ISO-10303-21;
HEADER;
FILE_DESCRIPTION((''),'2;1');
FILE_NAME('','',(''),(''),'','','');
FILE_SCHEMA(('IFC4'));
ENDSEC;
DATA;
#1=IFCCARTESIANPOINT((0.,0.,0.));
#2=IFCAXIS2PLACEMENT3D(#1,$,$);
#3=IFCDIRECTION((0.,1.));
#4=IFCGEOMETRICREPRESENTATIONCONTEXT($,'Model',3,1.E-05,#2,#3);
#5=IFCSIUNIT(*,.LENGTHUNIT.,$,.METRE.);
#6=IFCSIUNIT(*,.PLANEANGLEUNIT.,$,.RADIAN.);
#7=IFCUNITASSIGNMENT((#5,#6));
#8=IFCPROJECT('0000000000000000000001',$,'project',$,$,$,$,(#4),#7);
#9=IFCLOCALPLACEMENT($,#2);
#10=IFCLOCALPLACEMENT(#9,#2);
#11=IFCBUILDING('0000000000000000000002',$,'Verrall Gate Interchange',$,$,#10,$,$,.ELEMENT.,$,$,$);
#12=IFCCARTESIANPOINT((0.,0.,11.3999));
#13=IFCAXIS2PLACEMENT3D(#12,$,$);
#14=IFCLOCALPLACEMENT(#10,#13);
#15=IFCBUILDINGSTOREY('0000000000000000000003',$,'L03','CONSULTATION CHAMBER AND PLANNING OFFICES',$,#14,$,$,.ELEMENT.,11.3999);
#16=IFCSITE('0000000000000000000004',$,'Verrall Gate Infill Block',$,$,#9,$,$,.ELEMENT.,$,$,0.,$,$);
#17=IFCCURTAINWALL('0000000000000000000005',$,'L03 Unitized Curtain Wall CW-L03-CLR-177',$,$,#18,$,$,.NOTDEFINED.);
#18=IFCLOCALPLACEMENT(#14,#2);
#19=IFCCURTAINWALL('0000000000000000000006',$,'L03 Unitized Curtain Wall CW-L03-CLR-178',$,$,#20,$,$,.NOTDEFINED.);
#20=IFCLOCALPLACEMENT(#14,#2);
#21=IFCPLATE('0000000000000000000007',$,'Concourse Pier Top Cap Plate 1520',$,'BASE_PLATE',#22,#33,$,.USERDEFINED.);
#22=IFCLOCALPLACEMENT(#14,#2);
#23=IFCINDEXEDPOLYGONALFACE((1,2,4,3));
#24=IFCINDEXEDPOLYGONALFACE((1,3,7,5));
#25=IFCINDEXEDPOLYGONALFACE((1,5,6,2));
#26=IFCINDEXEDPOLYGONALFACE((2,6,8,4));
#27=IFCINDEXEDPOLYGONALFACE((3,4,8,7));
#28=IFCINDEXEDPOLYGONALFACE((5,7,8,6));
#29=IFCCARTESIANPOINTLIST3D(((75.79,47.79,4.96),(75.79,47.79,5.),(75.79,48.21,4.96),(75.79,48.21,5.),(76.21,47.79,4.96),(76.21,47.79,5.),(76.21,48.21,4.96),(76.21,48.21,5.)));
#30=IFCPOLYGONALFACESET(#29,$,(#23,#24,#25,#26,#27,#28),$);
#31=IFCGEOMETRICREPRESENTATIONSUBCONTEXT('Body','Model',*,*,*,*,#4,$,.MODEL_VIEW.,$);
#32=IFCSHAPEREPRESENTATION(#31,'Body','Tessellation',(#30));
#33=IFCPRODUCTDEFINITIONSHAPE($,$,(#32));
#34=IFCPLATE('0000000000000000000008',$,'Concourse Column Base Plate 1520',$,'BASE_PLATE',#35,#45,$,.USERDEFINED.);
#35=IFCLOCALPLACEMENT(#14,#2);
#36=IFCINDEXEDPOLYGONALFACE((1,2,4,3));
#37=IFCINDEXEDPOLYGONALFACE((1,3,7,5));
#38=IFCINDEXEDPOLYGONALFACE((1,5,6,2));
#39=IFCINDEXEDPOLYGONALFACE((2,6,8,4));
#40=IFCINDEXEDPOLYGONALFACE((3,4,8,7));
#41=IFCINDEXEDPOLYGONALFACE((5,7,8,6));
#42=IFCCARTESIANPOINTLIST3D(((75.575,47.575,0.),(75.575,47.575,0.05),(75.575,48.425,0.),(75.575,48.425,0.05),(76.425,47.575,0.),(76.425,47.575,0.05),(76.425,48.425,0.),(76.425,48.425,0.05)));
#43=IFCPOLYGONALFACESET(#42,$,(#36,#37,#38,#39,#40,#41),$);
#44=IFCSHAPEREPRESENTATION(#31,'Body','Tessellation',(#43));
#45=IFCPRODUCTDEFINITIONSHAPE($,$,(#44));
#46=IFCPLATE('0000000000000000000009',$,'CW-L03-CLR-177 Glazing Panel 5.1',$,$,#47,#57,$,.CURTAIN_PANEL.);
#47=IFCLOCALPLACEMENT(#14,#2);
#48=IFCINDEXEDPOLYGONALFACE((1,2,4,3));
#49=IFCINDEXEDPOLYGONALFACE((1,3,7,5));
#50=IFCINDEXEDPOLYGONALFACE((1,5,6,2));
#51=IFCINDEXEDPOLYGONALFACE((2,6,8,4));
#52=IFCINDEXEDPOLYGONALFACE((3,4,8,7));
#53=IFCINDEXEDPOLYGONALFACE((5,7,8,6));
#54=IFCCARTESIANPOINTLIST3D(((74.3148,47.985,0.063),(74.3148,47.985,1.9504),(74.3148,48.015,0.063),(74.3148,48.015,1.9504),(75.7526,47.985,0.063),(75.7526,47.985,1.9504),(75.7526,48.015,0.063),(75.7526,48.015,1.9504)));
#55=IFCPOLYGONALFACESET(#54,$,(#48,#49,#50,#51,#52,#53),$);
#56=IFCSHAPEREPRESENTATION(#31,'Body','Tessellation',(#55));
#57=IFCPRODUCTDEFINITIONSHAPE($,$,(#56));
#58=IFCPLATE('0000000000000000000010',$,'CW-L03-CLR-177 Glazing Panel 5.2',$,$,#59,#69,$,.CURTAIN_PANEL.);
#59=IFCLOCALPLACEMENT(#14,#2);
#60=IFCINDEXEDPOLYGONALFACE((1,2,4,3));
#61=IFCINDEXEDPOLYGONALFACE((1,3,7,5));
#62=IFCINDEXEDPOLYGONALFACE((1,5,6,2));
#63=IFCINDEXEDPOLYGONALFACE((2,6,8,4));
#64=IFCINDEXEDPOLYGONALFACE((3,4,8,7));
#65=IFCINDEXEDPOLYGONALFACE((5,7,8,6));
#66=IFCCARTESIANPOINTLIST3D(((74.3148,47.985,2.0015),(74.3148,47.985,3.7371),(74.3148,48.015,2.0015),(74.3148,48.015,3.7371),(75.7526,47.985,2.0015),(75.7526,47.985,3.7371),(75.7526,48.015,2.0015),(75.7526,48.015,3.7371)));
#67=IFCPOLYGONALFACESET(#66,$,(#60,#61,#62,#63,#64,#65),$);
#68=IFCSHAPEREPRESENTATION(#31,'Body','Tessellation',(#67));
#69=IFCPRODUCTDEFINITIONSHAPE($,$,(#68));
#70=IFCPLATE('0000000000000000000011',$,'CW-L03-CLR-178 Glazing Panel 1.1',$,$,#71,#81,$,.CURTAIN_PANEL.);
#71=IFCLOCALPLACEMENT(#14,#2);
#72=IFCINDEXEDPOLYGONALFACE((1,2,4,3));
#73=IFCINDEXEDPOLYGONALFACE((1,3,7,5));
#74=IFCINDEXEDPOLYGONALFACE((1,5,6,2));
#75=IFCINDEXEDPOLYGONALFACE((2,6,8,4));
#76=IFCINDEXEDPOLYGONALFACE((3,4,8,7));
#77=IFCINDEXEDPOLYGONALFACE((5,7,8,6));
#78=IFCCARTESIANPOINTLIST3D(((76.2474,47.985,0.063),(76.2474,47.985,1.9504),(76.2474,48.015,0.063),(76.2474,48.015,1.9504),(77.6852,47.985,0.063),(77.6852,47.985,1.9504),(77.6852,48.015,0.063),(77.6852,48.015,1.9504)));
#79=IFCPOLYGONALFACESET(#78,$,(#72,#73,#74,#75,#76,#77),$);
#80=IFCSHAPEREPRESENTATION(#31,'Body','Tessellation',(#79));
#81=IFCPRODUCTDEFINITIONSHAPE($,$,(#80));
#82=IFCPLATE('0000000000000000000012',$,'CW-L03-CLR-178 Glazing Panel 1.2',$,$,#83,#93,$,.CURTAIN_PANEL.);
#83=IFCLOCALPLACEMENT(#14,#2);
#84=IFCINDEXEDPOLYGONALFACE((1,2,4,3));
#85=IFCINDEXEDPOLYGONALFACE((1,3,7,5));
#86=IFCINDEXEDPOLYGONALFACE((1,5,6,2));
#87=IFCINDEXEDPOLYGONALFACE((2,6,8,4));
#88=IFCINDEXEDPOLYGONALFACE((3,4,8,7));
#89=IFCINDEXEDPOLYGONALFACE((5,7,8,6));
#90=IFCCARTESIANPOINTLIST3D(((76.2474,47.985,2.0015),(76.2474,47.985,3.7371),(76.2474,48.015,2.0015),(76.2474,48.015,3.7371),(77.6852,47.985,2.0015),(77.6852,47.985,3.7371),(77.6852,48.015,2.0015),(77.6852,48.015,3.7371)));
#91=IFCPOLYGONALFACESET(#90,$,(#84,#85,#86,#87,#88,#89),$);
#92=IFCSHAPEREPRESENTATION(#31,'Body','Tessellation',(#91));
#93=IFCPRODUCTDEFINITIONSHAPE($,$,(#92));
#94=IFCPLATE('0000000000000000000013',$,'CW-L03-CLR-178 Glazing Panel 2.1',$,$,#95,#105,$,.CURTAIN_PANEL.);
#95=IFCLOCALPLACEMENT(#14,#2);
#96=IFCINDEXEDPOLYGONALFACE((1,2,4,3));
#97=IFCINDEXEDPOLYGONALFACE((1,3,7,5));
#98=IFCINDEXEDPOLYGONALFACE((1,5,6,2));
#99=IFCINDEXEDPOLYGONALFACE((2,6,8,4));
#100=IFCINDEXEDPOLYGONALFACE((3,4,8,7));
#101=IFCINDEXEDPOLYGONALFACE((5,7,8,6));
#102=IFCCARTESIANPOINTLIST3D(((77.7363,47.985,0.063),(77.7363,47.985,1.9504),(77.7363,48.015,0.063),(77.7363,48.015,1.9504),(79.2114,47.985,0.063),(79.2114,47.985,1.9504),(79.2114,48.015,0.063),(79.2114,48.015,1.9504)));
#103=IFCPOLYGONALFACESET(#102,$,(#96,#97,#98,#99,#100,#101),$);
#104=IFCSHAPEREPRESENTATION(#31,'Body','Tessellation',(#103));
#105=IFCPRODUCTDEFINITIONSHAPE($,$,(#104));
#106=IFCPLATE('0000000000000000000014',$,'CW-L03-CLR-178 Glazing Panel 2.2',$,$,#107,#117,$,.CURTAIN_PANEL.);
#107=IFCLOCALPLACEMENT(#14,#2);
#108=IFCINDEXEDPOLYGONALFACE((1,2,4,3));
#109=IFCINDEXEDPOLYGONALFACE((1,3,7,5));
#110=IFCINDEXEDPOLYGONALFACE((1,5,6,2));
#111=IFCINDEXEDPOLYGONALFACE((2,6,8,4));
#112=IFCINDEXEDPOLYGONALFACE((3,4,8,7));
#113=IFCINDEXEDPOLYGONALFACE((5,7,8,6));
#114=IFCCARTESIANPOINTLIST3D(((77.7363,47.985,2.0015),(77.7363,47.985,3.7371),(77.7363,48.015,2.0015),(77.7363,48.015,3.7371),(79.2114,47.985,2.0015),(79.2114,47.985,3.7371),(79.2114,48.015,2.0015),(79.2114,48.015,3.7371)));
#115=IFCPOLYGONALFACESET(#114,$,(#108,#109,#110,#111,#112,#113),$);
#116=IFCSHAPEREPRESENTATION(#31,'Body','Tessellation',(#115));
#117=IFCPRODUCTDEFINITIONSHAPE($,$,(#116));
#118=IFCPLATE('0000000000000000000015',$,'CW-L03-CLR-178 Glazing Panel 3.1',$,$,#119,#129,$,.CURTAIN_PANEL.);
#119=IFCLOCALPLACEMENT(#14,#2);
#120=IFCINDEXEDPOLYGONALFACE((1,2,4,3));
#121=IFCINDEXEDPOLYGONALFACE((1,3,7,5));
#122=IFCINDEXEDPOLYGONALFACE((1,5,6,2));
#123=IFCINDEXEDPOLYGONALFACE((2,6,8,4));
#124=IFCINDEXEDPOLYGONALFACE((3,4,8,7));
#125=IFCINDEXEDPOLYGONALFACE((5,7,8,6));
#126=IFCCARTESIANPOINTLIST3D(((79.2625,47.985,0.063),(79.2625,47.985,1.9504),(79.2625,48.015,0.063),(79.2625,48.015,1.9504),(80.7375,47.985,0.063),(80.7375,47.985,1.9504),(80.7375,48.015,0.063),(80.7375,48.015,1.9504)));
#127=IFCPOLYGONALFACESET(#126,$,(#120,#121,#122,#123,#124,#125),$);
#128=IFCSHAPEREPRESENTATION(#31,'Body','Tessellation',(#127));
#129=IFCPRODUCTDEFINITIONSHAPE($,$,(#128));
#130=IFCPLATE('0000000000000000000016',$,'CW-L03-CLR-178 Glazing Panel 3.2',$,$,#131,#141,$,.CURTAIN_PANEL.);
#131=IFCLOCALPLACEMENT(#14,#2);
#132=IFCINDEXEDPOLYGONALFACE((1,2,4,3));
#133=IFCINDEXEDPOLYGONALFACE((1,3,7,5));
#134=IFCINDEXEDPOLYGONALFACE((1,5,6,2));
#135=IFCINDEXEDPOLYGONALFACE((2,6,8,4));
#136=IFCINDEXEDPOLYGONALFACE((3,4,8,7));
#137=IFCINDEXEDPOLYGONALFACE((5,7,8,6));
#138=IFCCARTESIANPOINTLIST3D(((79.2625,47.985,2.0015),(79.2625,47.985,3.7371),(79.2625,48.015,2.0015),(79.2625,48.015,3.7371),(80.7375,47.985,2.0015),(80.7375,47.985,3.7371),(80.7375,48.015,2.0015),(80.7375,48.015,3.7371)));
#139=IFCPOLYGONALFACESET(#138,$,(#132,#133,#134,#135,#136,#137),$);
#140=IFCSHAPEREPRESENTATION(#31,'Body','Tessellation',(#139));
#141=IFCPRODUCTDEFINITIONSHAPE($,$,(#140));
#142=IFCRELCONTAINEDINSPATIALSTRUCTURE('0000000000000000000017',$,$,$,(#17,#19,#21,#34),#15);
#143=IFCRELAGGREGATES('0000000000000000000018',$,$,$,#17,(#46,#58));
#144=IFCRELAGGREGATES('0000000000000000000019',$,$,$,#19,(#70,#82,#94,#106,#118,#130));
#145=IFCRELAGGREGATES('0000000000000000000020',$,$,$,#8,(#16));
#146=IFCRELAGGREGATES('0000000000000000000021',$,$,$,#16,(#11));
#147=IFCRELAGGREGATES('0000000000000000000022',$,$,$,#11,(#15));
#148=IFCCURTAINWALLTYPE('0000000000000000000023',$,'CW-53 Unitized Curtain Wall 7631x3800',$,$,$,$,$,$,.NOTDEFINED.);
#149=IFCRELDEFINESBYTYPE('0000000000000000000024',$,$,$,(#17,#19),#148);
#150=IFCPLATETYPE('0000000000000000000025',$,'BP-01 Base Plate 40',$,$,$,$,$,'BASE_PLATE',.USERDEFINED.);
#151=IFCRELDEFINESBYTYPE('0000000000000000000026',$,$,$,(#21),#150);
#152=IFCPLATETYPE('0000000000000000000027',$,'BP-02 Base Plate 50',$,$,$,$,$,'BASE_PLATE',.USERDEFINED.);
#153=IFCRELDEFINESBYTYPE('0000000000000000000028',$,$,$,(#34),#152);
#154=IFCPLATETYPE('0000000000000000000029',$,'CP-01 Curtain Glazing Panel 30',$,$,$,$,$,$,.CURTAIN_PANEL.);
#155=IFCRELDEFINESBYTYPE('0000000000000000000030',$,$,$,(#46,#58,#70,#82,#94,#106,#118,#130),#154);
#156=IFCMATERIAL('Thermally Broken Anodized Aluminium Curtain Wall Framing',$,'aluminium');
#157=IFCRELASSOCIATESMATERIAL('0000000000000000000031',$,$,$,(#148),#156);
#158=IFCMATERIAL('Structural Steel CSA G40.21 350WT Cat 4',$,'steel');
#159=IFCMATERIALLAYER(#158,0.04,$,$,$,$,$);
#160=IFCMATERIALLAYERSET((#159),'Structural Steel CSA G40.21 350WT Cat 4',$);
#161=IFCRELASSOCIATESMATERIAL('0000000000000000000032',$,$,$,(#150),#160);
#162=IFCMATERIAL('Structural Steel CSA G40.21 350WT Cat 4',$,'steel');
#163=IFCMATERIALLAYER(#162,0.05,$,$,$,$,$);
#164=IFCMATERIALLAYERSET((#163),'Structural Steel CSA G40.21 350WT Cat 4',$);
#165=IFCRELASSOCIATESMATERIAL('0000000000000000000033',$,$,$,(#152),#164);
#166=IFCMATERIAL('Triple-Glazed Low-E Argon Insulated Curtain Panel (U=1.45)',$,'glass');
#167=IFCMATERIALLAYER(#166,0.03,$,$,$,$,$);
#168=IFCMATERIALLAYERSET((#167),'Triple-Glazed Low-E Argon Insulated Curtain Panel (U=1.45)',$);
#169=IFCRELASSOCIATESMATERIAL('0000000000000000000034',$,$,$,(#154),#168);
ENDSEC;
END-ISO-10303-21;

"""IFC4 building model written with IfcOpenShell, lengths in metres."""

from ifc_helpers import new_model, si_unit, direction, frame, origin, origin_2d, place, context, subcontext, project, spatial, rectangle, extrude, material, layer, layer_set, type_object, element, aggregate, save


model = new_model("IFC4")

# Units and contexts
model_context = context("Model", 3, precision=1e-05, world=origin(), true_north=direction((0.0, 1.0)))
body_context = subcontext(model_context, "Body", "Model", "MODEL_VIEW")
ifc_project = project(units=[si_unit("LENGTHUNIT", "METRE"), si_unit("PLANEANGLEUNIT", "RADIAN")], contexts=[model_context])

# Site, building, storey
site_placement = place(None, origin())
site = spatial("IfcSite", under=ifc_project, at=site_placement, Name="Verrall Gate Infill Block", CompositionType="ELEMENT", RefElevation=0.0)
building_placement = place(site_placement, origin())
building = spatial("IfcBuilding", under=site, at=building_placement, Name="Verrall Gate Interchange", CompositionType="ELEMENT")
storey_placement = place(building_placement, frame((0.0, 0.0, 11.3999)))
storey = spatial("IfcBuildingStorey", under=building, at=storey_placement, Name="L03", Description="CONSULTATION CHAMBER AND PLANNING OFFICES", CompositionType="ELEMENT", Elevation=11.3999)

# Curtain wall
ifc_material_1 = material(Name="Thermally Broken Anodized Aluminium Curtain Wall Framing", Category="aluminium")
curtain_wall_type = type_object("IfcCurtainWallType", Name="CW-53 Unitized Curtain Wall 7631x3800", PredefinedType="NOTDEFINED", material=ifc_material_1)
curtain_wall_1_placement = place(storey_placement, origin())
curtain_wall_1 = element("IfcCurtainWall", 1, at=curtain_wall_1_placement, inside=storey, type_object=curtain_wall_type, Name="L03 Unitized Curtain Wall CW-L03-CLR-177", PredefinedType="NOTDEFINED")

# Curtain wall
curtain_wall_2_placement = place(storey_placement, origin())
curtain_wall_2 = element("IfcCurtainWall", 2, at=curtain_wall_2_placement, inside=storey, type_object=curtain_wall_type, Name="L03 Unitized Curtain Wall CW-L03-CLR-178", PredefinedType="NOTDEFINED")

# Plates
ifc_material_2 = material(Name="Structural Steel CSA G40.21 350WT Cat 4", Category="steel")
ifc_layer_1 = layer(ifc_material_2, 0.04)
ifc_layer_set_1 = layer_set([ifc_layer_1], Name="Structural Steel CSA G40.21 350WT Cat 4")
plate_type_1 = type_object("IfcPlateType", Name="BP-01 Base Plate 40", ElementType="BASE_PLATE", PredefinedType="USERDEFINED", material=ifc_layer_set_1)
plate_1_placement = place(storey_placement, frame((76.0, 48.0, 4.96), z_axis=(0.0, 0.0, 1.0), x_axis=(1.0, 0.0, 0.0)))
element("IfcPlate", 3, at=plate_1_placement, inside=storey, type_object=plate_type_1, Name="Concourse Pier Top Cap Plate 1520", ObjectType="BASE_PLATE", PredefinedType="USERDEFINED", context=body_context, shape_type="SweptSolid", body=[
    extrude(rectangle(XDim=0.4199, YDim=0.4199, at=origin_2d()), origin(), (0.0, 0.0, 1.0), 0.04),
])
ifc_material_3 = material(Name="Structural Steel CSA G40.21 350WT Cat 4", Category="steel")
ifc_layer_2 = layer(ifc_material_3, 0.05)
ifc_layer_set_2 = layer_set([ifc_layer_2], Name="Structural Steel CSA G40.21 350WT Cat 4")
plate_type_2 = type_object("IfcPlateType", Name="BP-02 Base Plate 50", ElementType="BASE_PLATE", PredefinedType="USERDEFINED", material=ifc_layer_set_2)
plate_2_placement = place(storey_placement, frame((76.0, 48.0, 0.0), z_axis=(0.0, 0.0, 1.0), x_axis=(1.0, 0.0, 0.0)))
element("IfcPlate", 4, at=plate_2_placement, inside=storey, type_object=plate_type_2, Name="Concourse Column Base Plate 1520", ObjectType="BASE_PLATE", PredefinedType="USERDEFINED", context=body_context, shape_type="SweptSolid", body=[
    extrude(rectangle(XDim=0.8501, YDim=0.8501, at=origin_2d()), origin(), (0.0, 0.0, 1.0), 0.05),
])

# Plates
ifc_material_4 = material(Name="Triple-Glazed Low-E Argon Insulated Curtain Panel (U=1.45)", Category="glass")
ifc_layer_3 = layer(ifc_material_4, 0.03)
ifc_layer_set_3 = layer_set([ifc_layer_3], Name="Triple-Glazed Low-E Argon Insulated Curtain Panel (U=1.45)")
plate_type_3 = type_object("IfcPlateType", Name="CP-01 Curtain Glazing Panel 30", PredefinedType="CURTAIN_PANEL", material=ifc_layer_set_3)
plate_3_placement = place(storey_placement, frame((75.0337, 48.0, 0.063), z_axis=(0.0, 0.0, 1.0), x_axis=(1.0, 0.0, 0.0)))
plate_3 = element("IfcPlate", 5, at=plate_3_placement, type_object=plate_type_3, Name="CW-L03-CLR-177 Glazing Panel 5.1", PredefinedType="CURTAIN_PANEL", context=body_context, shape_type="SweptSolid", body=[
    extrude(rectangle(XDim=1.4377, YDim=0.03, at=origin_2d()), origin(), (0.0, 0.0, 1.0), 1.8875),
])
plate_4_placement = place(storey_placement, frame((75.0337, 48.0, 2.0015), z_axis=(0.0, 0.0, 1.0), x_axis=(1.0, 0.0, 0.0)))
plate_4 = element("IfcPlate", 6, at=plate_4_placement, type_object=plate_type_3, Name="CW-L03-CLR-177 Glazing Panel 5.2", PredefinedType="CURTAIN_PANEL", context=body_context, shape_type="SweptSolid", body=[
    extrude(rectangle(XDim=1.4377, YDim=0.03, at=origin_2d()), origin(), (0.0, 0.0, 1.0), 1.7356),
])
aggregate(curtain_wall_1, [plate_3, plate_4])
plate_5_placement = place(storey_placement, frame((76.9663, 48.0, 0.063), z_axis=(0.0, 0.0, 1.0), x_axis=(1.0, 0.0, 0.0)))
plate_5 = element("IfcPlate", 7, at=plate_5_placement, type_object=plate_type_3, Name="CW-L03-CLR-178 Glazing Panel 1.1", PredefinedType="CURTAIN_PANEL", context=body_context, shape_type="SweptSolid", body=[
    extrude(rectangle(XDim=1.4377, YDim=0.03, at=origin_2d()), origin(), (0.0, 0.0, 1.0), 1.8875),
])
plate_6_placement = place(storey_placement, frame((76.9663, 48.0, 2.0015), z_axis=(0.0, 0.0, 1.0), x_axis=(1.0, 0.0, 0.0)))
plate_6 = element("IfcPlate", 8, at=plate_6_placement, type_object=plate_type_3, Name="CW-L03-CLR-178 Glazing Panel 1.2", PredefinedType="CURTAIN_PANEL", context=body_context, shape_type="SweptSolid", body=[
    extrude(rectangle(XDim=1.4377, YDim=0.03, at=origin_2d()), origin(), (0.0, 0.0, 1.0), 1.7356),
])
plate_7_placement = place(storey_placement, frame((78.4739, 48.0, 0.063), z_axis=(0.0, 0.0, 1.0), x_axis=(1.0, 0.0, 0.0)))
plate_7 = element("IfcPlate", 9, at=plate_7_placement, type_object=plate_type_3, Name="CW-L03-CLR-178 Glazing Panel 2.1", PredefinedType="CURTAIN_PANEL", context=body_context, shape_type="SweptSolid", body=[
    extrude(rectangle(XDim=1.4751, YDim=0.03, at=origin_2d()), origin(), (0.0, 0.0, 1.0), 1.8875),
])
plate_8_placement = place(storey_placement, frame((78.4739, 48.0, 2.0015), z_axis=(0.0, 0.0, 1.0), x_axis=(1.0, 0.0, 0.0)))
plate_8 = element("IfcPlate", 10, at=plate_8_placement, type_object=plate_type_3, Name="CW-L03-CLR-178 Glazing Panel 2.2", PredefinedType="CURTAIN_PANEL", context=body_context, shape_type="SweptSolid", body=[
    extrude(rectangle(XDim=1.4751, YDim=0.03, at=origin_2d()), origin(), (0.0, 0.0, 1.0), 1.7356),
])
plate_9_placement = place(storey_placement, frame((80.0, 48.0, 0.063), z_axis=(0.0, 0.0, 1.0), x_axis=(1.0, 0.0, 0.0)))
plate_9 = element("IfcPlate", 11, at=plate_9_placement, type_object=plate_type_3, Name="CW-L03-CLR-178 Glazing Panel 3.1", PredefinedType="CURTAIN_PANEL", context=body_context, shape_type="SweptSolid", body=[
    extrude(rectangle(XDim=1.4751, YDim=0.03, at=origin_2d()), origin(), (0.0, 0.0, 1.0), 1.8875),
])
plate_10_placement = place(storey_placement, frame((80.0, 48.0, 2.0015), z_axis=(0.0, 0.0, 1.0), x_axis=(1.0, 0.0, 0.0)))
plate_10 = element("IfcPlate", 12, at=plate_10_placement, type_object=plate_type_3, Name="CW-L03-CLR-178 Glazing Panel 3.2", PredefinedType="CURTAIN_PANEL", context=body_context, shape_type="SweptSolid", body=[
    extrude(rectangle(XDim=1.4751, YDim=0.03, at=origin_2d()), origin(), (0.0, 0.0, 1.0), 1.7356),
])
aggregate(curtain_wall_2, [plate_5, plate_6, plate_7, plate_8, plate_9, plate_10])

save(model, "model.ifc")
